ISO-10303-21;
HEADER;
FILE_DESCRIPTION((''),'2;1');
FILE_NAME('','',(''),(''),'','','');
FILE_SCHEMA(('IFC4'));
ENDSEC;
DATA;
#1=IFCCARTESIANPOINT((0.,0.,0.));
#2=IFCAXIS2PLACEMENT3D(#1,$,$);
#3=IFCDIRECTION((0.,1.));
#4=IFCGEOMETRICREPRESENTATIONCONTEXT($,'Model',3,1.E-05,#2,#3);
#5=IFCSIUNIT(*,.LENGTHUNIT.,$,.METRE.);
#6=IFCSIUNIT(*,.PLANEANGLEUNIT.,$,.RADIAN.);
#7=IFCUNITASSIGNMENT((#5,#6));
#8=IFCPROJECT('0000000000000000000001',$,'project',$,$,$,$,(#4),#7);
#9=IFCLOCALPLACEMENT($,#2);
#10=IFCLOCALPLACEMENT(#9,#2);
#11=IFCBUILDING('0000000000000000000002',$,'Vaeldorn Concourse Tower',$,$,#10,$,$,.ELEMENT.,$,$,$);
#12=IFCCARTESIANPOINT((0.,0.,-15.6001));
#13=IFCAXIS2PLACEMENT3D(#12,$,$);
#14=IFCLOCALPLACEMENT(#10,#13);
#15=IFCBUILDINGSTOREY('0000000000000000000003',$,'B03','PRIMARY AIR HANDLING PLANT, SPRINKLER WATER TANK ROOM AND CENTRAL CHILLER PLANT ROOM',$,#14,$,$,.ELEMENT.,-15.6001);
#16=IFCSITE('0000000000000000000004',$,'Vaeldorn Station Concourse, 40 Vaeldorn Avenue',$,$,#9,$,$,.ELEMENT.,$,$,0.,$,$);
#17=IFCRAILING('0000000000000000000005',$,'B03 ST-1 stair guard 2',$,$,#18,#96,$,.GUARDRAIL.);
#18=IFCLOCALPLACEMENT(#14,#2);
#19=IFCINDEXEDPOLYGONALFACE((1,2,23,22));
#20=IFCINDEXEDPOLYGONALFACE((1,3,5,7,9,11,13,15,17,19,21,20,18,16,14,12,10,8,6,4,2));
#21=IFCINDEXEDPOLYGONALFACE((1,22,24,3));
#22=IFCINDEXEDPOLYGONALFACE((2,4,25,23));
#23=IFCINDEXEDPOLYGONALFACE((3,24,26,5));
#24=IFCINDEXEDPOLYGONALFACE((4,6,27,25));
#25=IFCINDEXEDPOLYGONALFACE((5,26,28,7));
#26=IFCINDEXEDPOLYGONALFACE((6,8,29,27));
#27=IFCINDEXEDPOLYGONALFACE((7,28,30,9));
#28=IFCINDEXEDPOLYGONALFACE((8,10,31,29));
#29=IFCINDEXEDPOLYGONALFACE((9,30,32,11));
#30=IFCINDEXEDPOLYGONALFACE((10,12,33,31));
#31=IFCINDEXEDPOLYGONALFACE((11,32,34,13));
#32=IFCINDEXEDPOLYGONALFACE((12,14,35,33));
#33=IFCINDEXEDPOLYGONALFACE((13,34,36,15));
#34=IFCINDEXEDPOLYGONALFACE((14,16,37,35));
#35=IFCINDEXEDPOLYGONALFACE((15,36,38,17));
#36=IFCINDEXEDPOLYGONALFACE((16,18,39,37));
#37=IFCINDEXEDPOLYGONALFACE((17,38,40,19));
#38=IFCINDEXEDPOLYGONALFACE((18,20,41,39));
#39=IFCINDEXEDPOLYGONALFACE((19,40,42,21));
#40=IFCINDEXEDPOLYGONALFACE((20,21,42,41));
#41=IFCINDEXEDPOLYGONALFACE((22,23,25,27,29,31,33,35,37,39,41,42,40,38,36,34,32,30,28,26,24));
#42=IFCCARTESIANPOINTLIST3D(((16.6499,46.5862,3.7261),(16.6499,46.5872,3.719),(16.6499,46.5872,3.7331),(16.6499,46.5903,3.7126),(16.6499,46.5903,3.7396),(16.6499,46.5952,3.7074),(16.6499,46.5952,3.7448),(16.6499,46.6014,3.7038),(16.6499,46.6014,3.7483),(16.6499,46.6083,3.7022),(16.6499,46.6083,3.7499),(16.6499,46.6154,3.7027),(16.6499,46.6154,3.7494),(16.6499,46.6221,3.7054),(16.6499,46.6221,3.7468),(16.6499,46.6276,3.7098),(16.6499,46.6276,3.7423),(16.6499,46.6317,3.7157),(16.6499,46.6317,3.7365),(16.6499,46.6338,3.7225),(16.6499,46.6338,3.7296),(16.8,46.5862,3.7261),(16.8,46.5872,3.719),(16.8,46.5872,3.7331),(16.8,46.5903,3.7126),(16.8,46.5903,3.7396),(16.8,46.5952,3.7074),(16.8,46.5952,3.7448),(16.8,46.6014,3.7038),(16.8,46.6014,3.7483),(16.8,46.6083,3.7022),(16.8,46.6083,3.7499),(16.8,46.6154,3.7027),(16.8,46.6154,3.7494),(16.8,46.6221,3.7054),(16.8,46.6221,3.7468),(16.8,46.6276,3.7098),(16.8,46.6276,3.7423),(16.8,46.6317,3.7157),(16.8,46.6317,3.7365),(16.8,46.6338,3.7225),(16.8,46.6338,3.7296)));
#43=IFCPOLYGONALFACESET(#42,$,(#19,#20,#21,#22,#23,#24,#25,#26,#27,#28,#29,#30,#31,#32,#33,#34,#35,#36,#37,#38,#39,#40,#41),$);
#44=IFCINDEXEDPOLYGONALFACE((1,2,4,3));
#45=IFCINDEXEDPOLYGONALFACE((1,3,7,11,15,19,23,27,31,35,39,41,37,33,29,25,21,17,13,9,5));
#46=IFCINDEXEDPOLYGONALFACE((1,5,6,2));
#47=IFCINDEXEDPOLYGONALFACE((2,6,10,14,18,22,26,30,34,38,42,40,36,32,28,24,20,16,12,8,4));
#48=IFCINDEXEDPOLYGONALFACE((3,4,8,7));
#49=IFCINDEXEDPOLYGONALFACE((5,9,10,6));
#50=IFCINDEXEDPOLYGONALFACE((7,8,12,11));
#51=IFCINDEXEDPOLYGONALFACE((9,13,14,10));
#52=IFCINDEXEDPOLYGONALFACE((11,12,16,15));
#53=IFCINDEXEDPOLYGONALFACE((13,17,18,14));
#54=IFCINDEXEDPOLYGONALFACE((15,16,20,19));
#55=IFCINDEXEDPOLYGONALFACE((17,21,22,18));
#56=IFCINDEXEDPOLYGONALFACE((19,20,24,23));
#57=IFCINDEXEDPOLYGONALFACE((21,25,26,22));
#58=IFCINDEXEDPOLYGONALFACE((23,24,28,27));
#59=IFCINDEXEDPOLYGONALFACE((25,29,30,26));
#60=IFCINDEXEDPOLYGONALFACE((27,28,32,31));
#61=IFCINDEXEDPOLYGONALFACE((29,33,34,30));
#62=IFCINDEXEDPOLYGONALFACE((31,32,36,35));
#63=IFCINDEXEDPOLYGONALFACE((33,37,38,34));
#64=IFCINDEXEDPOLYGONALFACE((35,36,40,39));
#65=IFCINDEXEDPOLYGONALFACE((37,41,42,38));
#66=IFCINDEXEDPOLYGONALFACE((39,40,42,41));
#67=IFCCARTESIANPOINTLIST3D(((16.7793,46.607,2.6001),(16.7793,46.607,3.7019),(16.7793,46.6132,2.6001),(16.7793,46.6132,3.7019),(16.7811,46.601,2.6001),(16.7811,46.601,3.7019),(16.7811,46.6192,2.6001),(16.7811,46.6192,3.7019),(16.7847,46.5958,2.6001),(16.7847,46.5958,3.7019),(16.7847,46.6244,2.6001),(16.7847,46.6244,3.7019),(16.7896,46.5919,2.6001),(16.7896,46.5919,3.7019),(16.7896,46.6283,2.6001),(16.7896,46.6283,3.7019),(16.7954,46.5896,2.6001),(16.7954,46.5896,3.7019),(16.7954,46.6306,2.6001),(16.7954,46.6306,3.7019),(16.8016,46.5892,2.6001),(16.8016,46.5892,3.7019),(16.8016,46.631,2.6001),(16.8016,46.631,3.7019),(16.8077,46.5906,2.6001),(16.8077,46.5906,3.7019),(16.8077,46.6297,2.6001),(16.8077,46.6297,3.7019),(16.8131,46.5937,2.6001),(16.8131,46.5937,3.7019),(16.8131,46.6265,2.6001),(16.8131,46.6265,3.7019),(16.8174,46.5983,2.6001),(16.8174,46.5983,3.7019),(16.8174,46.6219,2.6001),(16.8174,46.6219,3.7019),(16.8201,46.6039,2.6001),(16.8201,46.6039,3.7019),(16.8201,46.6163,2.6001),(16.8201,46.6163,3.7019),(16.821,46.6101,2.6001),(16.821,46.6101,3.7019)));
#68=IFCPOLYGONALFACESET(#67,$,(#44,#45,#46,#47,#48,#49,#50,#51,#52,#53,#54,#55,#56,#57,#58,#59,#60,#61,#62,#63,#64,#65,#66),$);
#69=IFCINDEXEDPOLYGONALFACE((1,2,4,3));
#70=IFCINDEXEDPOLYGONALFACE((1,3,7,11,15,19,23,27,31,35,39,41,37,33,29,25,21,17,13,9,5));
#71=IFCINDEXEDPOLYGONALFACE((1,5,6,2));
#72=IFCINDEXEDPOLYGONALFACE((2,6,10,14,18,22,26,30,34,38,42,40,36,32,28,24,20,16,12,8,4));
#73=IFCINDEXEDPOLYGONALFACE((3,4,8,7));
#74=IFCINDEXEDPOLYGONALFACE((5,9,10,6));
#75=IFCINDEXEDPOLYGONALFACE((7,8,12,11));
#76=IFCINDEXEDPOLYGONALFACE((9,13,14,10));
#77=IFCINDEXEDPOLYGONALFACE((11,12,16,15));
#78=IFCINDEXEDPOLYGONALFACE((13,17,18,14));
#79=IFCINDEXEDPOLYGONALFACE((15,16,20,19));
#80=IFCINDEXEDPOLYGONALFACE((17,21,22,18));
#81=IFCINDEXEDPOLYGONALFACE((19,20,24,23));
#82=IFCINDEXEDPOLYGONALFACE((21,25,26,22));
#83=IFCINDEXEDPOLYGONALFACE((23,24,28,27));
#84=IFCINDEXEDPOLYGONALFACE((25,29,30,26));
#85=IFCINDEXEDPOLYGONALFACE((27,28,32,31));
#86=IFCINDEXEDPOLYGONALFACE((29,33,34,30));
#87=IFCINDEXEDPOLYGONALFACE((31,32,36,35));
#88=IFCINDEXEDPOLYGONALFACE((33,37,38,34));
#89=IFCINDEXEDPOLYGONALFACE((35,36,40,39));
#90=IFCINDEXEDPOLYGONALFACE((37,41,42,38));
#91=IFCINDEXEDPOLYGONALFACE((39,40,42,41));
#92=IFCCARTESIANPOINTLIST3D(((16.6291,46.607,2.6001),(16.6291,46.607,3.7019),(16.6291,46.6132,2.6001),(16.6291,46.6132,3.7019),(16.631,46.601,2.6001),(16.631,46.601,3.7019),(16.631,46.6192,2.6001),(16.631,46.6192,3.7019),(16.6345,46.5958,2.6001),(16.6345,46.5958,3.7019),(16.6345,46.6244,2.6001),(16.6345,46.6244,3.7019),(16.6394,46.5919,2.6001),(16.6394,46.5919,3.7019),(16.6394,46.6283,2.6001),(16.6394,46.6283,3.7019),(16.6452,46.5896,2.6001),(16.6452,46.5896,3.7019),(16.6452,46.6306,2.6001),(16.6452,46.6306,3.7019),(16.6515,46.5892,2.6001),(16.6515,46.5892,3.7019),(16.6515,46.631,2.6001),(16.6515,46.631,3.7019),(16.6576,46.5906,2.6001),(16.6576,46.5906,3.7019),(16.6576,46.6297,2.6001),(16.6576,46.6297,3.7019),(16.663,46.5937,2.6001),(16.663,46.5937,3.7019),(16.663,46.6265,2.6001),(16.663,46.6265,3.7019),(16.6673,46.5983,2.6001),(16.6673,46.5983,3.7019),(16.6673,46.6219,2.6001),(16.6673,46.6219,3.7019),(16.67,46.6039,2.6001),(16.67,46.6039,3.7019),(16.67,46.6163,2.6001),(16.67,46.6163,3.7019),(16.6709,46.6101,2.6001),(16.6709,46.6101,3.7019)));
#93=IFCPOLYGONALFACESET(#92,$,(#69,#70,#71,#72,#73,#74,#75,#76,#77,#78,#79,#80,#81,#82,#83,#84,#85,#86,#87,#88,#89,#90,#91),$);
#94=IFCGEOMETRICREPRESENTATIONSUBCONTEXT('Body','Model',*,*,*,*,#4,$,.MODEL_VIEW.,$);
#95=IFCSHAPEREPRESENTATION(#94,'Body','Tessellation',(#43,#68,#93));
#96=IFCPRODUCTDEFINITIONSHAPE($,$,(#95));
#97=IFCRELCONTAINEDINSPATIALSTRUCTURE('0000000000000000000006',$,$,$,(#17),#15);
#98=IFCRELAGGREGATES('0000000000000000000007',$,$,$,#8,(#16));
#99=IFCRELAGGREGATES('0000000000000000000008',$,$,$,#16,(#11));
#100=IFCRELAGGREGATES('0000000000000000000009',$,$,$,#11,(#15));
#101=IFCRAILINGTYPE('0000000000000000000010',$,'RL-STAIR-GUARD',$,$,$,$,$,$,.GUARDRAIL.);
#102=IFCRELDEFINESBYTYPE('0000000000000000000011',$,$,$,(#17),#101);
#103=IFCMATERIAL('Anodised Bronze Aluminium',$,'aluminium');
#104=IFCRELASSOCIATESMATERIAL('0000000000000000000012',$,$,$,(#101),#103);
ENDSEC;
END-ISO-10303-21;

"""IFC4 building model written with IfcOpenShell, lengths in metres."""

from ifc_helpers import new_model, si_unit, direction, frame, origin, origin_2d, place, context, subcontext, project, spatial, circle, extrude, material, type_object, element, save


model = new_model("IFC4")

# Units and contexts
model_context = context("Model", 3, precision=1e-05, world=origin(), true_north=direction((0.0, 1.0)))
body_context = subcontext(model_context, "Body", "Model", "MODEL_VIEW")
ifc_project = project(units=[si_unit("LENGTHUNIT", "METRE"), si_unit("PLANEANGLEUNIT", "RADIAN")], contexts=[model_context])

# Site, building, storey
site_placement = place(None, origin())
site = spatial("IfcSite", under=ifc_project, at=site_placement, Name="Vaeldorn Station Concourse, 40 Vaeldorn Avenue", CompositionType="ELEMENT", RefElevation=0.0)
building_placement = place(site_placement, origin())
building = spatial("IfcBuilding", under=site, at=building_placement, Name="Vaeldorn Concourse Tower", CompositionType="ELEMENT")
storey_placement = place(building_placement, frame((0.0, 0.0, -15.6001)))
storey = spatial("IfcBuildingStorey", under=building, at=storey_placement, Name="B03", Description="PRIMARY AIR HANDLING PLANT, SPRINKLER WATER TANK ROOM AND CENTRAL CHILLER PLANT ROOM", CompositionType="ELEMENT", Elevation=-15.6001)

# Shared definitions
ifc_material_1 = material(Name="Anodised Bronze Aluminium", Category="aluminium")

# Railing
railing_type_1 = type_object("IfcRailingType", Name="RL-STAIR-GUARD", PredefinedType="GUARDRAIL", material=ifc_material_1)
railing_1_placement = place(storey_placement, frame((16.8, 46.6101, 2.6001)))
element("IfcRailing", 1, at=railing_1_placement, inside=storey, type_object=railing_type_1, Name="B03 ST-1 stair guard 2", PredefinedType="GUARDRAIL", context=body_context, shape_type="SweptSolid", body=[
    extrude(circle(Radius=0.0239, at=origin_2d()), frame((0.0, 0.0, 1.126), z_axis=(-1.0, 0.0, 0.0), x_axis=(0.0, -1.0, 0.0)), (0.0, 0.0, 1.0), 0.1501),
    extrude(circle(Radius=0.021, at=origin_2d()), origin(), (0.0, 0.0, 1.0), 1.1018),
    extrude(circle(Radius=0.021, at=origin_2d()), frame((-0.1501, 0.0, 0.0)), (0.0, 0.0, 1.0), 1.1018),
])

save(model, "model.ifc")
